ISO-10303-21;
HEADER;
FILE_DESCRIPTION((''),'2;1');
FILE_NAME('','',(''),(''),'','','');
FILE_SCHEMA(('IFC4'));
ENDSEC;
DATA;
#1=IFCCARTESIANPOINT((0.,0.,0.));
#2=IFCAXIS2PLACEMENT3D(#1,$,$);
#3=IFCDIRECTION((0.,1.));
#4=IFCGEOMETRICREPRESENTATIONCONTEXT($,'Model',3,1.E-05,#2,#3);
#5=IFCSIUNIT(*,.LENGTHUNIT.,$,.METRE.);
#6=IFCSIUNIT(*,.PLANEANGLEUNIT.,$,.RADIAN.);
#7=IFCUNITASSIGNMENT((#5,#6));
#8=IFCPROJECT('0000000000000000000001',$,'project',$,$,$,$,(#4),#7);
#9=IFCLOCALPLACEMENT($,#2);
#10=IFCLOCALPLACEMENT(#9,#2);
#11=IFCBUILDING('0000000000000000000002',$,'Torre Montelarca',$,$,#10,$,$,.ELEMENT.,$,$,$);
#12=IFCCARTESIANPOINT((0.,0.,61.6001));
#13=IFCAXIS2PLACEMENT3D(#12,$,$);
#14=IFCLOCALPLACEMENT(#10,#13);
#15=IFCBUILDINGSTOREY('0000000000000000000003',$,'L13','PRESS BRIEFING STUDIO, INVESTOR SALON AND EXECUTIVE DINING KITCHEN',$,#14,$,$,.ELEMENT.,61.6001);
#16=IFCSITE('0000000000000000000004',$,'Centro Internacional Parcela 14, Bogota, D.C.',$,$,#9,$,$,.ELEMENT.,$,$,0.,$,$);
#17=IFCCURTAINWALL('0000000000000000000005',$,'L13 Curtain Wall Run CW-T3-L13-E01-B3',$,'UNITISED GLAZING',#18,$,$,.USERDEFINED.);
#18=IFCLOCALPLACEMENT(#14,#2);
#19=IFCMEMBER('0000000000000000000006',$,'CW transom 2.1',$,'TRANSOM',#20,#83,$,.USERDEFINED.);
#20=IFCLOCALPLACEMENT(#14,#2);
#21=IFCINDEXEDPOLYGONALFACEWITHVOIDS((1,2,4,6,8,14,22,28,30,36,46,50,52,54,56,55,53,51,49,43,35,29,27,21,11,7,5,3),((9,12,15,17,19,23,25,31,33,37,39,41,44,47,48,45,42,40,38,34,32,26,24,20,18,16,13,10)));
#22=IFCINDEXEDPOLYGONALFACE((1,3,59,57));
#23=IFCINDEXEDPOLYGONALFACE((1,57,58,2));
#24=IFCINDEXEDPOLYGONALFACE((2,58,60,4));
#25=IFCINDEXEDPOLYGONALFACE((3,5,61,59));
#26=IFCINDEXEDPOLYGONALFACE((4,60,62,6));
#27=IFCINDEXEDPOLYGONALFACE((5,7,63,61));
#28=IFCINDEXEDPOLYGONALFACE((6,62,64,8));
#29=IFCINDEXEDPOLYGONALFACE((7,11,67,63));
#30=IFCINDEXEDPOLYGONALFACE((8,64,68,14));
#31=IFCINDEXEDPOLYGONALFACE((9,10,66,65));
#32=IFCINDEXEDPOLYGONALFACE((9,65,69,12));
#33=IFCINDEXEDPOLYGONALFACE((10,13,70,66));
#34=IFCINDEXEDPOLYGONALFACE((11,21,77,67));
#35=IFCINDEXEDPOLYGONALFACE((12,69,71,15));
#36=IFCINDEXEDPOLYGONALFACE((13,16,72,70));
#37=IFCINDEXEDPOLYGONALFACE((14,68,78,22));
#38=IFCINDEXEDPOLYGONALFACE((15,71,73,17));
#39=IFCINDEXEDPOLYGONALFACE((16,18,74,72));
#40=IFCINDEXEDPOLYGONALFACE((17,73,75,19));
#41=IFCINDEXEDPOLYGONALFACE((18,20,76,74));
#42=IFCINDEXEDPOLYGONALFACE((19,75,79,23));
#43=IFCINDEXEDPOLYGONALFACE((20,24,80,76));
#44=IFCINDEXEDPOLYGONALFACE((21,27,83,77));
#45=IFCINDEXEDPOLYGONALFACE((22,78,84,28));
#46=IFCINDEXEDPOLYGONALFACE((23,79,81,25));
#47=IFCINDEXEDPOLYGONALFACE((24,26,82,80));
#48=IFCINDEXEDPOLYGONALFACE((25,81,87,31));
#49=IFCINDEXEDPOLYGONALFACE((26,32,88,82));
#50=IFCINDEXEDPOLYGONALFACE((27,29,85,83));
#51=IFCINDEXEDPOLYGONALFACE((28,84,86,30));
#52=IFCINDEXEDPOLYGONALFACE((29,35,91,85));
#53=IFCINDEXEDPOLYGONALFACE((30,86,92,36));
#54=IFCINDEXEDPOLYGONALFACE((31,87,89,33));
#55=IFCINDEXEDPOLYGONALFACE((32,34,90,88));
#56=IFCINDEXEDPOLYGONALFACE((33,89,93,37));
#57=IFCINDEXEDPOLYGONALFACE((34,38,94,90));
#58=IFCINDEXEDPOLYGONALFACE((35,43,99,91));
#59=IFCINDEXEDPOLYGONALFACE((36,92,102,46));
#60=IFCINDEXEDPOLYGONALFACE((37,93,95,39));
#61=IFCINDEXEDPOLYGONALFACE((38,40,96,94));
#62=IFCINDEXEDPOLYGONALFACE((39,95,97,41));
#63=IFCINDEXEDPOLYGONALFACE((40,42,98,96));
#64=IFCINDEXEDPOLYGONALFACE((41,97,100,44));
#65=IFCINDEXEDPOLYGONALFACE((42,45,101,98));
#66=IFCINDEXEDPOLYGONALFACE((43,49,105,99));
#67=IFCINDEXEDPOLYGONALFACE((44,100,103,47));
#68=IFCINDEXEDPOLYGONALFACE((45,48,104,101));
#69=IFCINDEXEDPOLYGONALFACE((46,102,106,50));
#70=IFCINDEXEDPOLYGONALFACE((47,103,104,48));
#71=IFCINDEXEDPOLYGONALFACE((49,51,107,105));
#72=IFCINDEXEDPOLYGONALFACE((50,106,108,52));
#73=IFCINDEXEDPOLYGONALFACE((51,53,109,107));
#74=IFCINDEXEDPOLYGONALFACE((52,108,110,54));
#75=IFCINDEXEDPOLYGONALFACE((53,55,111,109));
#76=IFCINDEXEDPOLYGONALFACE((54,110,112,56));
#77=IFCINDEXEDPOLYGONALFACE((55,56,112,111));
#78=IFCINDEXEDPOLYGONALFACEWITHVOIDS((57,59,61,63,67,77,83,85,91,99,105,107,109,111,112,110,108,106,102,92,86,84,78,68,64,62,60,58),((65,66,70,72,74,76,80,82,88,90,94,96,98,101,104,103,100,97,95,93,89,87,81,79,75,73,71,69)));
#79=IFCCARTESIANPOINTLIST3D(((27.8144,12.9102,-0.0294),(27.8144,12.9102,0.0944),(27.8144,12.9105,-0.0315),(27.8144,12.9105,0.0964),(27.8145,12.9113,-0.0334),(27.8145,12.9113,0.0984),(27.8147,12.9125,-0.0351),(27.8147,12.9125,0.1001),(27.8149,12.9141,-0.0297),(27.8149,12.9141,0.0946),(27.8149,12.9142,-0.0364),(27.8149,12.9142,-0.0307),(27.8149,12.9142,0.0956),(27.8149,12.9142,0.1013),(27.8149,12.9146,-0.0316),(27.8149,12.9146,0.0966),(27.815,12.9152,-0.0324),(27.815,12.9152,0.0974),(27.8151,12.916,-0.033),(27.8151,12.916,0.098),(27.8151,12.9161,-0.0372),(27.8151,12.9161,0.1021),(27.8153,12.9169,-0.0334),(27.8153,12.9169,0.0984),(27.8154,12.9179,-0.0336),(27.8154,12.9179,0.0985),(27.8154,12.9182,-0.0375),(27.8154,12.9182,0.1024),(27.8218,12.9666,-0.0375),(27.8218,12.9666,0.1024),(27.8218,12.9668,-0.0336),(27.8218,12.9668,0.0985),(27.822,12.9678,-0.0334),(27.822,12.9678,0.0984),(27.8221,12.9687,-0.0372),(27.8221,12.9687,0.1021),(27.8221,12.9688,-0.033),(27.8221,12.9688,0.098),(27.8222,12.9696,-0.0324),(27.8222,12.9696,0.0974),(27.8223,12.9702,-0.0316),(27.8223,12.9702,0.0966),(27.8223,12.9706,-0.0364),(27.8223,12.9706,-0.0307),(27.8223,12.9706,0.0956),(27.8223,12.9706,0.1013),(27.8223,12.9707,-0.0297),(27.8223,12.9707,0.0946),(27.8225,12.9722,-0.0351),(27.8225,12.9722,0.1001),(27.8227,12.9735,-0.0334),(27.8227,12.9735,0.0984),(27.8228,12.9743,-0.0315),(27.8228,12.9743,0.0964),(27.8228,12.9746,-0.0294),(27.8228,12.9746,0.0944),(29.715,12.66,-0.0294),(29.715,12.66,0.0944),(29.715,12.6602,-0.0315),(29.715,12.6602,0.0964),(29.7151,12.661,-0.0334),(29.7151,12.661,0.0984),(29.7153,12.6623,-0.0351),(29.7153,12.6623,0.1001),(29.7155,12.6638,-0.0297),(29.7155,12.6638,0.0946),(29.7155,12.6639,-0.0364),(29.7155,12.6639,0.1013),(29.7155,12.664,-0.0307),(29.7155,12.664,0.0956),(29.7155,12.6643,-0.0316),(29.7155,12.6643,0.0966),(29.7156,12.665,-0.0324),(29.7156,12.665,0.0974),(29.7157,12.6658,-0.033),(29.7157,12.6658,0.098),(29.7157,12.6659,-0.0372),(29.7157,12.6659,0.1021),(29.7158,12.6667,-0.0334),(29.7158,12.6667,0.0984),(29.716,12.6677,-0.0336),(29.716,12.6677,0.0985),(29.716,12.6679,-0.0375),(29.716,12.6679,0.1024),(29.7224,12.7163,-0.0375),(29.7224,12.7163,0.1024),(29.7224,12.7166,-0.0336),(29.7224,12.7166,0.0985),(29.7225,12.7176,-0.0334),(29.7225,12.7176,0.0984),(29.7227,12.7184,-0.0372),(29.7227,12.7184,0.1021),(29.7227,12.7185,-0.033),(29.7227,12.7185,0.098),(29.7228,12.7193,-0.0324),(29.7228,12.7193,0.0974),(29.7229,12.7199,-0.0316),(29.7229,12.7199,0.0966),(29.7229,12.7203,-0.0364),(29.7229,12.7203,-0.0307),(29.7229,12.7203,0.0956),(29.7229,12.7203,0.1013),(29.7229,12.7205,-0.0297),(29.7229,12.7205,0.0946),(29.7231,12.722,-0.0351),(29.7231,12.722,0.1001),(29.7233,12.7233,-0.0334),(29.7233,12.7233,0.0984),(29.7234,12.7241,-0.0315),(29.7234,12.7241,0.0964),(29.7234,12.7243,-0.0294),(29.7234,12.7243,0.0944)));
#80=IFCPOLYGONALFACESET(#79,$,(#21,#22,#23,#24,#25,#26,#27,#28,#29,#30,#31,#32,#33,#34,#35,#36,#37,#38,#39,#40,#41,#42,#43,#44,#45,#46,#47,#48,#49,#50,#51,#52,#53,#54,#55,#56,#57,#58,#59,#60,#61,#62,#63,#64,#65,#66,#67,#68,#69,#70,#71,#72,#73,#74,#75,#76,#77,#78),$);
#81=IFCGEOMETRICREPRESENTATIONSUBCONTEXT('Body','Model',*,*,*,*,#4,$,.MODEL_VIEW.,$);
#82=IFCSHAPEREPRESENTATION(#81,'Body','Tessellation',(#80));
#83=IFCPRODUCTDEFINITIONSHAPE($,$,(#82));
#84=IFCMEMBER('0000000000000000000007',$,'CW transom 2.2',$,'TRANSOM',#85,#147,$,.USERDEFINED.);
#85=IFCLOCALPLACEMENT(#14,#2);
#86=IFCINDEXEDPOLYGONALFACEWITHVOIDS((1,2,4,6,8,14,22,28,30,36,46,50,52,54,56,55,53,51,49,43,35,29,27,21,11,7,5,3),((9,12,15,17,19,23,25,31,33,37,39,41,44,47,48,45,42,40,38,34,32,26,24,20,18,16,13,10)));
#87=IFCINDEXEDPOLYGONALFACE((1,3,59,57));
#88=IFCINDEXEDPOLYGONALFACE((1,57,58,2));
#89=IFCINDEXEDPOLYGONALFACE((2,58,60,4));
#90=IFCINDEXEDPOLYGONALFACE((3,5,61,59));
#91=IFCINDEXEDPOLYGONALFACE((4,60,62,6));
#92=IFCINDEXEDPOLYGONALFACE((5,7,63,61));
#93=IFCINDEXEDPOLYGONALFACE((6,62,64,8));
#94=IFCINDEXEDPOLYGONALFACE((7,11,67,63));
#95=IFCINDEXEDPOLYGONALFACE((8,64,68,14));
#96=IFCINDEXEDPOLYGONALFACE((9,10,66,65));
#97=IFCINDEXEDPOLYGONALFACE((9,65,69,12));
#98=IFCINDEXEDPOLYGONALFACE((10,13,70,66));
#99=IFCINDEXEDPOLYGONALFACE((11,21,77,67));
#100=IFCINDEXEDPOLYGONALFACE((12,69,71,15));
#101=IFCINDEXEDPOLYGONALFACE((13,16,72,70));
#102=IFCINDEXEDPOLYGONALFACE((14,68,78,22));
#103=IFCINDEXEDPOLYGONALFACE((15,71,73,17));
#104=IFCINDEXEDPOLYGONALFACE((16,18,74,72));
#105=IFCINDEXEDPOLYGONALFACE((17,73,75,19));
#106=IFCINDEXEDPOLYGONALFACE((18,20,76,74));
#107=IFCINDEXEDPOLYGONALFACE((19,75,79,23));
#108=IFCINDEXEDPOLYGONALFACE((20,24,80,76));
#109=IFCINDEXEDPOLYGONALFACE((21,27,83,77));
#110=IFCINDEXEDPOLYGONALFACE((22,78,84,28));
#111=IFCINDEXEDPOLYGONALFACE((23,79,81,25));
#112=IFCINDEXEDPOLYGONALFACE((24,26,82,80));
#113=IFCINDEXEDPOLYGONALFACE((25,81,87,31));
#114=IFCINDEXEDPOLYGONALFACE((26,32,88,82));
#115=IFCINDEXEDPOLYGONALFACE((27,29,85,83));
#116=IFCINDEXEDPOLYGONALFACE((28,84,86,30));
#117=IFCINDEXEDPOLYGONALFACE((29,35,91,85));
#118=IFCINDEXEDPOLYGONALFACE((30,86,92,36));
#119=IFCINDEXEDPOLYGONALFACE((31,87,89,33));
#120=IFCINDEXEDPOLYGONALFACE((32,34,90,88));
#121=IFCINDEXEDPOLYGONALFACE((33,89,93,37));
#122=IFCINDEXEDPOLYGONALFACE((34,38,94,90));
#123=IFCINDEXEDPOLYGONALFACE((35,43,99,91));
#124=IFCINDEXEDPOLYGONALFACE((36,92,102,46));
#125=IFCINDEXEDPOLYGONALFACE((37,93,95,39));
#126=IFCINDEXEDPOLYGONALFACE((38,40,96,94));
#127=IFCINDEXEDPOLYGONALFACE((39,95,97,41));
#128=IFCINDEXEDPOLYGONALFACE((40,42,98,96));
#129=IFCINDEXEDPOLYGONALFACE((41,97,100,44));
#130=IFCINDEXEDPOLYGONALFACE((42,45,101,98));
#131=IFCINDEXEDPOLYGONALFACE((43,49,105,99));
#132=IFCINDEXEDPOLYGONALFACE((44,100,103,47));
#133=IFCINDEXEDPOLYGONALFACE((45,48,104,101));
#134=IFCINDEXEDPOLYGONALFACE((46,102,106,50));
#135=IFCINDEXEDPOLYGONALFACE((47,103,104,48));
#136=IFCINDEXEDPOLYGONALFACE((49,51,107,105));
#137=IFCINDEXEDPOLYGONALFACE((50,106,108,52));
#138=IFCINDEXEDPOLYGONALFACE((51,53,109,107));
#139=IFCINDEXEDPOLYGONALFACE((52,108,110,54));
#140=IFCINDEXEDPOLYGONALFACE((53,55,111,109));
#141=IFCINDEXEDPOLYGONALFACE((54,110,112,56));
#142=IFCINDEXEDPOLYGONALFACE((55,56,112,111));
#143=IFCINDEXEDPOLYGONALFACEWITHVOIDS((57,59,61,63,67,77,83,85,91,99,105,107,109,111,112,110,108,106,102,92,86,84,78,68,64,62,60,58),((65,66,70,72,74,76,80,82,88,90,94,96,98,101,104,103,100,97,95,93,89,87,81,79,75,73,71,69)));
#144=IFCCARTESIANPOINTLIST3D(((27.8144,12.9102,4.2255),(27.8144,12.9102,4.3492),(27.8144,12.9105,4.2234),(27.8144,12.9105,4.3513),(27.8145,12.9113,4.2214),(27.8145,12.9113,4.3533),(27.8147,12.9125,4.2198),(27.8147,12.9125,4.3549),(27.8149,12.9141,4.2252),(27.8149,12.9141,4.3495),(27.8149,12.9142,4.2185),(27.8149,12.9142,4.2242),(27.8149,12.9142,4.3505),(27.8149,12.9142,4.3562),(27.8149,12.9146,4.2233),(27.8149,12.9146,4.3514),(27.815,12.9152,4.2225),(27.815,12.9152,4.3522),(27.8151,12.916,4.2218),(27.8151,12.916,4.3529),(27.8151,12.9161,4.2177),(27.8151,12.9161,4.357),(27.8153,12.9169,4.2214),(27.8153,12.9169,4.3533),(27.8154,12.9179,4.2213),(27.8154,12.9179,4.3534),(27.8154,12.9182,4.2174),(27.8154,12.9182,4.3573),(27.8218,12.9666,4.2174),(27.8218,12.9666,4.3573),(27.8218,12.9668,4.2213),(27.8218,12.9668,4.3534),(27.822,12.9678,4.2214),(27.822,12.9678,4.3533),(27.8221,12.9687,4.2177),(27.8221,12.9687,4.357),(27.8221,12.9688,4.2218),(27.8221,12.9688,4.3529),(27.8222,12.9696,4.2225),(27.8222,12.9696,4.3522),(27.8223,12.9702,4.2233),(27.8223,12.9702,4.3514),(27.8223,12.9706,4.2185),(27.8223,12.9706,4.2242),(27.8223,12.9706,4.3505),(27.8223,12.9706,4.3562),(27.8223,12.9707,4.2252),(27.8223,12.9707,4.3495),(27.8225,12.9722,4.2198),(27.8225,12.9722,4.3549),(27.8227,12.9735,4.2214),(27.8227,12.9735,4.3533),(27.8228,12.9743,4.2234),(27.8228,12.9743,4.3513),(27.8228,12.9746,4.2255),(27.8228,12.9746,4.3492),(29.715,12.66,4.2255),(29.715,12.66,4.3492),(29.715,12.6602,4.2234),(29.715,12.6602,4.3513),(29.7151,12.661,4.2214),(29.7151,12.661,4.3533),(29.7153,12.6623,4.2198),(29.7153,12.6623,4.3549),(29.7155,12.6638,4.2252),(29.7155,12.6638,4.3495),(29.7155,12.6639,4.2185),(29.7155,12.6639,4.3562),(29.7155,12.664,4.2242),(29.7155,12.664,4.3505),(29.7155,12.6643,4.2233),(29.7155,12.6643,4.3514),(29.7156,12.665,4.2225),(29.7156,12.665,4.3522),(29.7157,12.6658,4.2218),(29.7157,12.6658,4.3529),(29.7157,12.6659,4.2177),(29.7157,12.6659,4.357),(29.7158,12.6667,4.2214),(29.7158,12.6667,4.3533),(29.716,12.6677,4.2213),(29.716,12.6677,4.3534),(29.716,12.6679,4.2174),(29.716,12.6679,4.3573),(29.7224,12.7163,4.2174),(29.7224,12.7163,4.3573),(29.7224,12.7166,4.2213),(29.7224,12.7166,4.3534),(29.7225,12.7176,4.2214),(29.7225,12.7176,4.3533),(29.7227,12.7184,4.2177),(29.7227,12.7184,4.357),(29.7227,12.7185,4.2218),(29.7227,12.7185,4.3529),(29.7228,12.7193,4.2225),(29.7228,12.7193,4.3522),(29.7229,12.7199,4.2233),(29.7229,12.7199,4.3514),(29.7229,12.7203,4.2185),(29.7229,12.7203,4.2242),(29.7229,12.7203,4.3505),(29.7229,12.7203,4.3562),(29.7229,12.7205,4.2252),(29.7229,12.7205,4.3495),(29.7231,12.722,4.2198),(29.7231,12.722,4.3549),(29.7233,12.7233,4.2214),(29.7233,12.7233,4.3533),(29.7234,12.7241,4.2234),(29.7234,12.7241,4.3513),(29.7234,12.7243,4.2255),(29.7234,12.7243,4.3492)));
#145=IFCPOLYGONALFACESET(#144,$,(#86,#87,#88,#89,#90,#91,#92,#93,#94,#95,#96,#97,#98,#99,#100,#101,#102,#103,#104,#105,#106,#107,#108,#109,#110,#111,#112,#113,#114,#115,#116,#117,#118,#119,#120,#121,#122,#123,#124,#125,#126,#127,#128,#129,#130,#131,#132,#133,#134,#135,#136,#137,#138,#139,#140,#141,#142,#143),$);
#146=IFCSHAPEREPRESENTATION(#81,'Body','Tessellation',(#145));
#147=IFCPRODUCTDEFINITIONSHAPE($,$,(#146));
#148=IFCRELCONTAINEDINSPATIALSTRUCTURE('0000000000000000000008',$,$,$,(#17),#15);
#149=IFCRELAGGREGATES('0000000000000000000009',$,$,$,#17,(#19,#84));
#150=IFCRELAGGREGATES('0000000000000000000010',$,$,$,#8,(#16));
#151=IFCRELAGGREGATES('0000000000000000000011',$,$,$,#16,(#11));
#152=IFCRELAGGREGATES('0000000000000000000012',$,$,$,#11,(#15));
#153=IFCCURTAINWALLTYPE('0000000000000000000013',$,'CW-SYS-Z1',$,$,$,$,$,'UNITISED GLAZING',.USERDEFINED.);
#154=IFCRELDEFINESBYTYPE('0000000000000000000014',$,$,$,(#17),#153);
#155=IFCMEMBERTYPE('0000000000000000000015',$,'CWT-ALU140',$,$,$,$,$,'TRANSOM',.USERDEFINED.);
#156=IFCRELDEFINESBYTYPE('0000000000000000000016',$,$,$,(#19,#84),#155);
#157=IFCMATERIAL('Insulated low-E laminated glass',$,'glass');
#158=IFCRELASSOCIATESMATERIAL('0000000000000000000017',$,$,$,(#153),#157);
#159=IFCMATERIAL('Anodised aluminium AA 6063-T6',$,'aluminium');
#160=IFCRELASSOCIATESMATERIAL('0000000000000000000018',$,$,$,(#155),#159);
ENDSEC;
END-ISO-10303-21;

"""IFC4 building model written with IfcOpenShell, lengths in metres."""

from ifc_helpers import new_model, si_unit, direction, frame, origin, origin_2d, place, context, subcontext, project, spatial, hollow_rectangle, extrude, source, transform, mapped, material, material_profile, profile_set, type_object, element, aggregate, save


model = new_model("IFC4")

# Units and contexts
model_context = context("Model", 3, precision=1e-05, world=origin(), true_north=direction((0.0, 1.0)))
body_context = subcontext(model_context, "Body", "Model", "MODEL_VIEW")
ifc_project = project(units=[si_unit("LENGTHUNIT", "METRE"), si_unit("PLANEANGLEUNIT", "RADIAN")], contexts=[model_context])

# Site, building, storey
site_placement = place(None, origin())
site = spatial("IfcSite", under=ifc_project, at=site_placement, Name="Centro Internacional Parcela 14, Bogota, D.C.", CompositionType="ELEMENT", RefElevation=0.0)
building_placement = place(site_placement, origin())
building = spatial("IfcBuilding", under=site, at=building_placement, Name="Torre Montelarca", CompositionType="ELEMENT")
storey_placement = place(building_placement, frame((0.0, 0.0, 61.6001)))
storey = spatial("IfcBuildingStorey", under=building, at=storey_placement, Name="L13", Description="PRESS BRIEFING STUDIO, INVESTOR SALON AND EXECUTIVE DINING KITCHEN", CompositionType="ELEMENT", Elevation=61.6001)

# Curtain wall, members
ifc_material_1 = material(Name="Insulated low-E laminated glass", Category="glass")
curtain_wall_type = type_object("IfcCurtainWallType", Name="CW-SYS-Z1", ElementType="UNITISED GLAZING", PredefinedType="USERDEFINED", material=ifc_material_1)
curtain_wall_1_placement = place(storey_placement, origin())
curtain_wall_1 = element("IfcCurtainWall", 1, at=curtain_wall_1_placement, inside=storey, type_object=curtain_wall_type, Name="L13 Curtain Wall Run CW-T3-L13-E01-B3", ObjectType="UNITISED GLAZING", PredefinedType="USERDEFINED")
ifc_material_2 = material(Name="Anodised aluminium AA 6063-T6", Category="aluminium")
ifc_material_profile_1 = material_profile(ifc_material_2, hollow_rectangle(XDim=0.0649, YDim=0.1399, WallThickness=0.0039, InnerFilletRadius=0.0039, OuterFilletRadius=0.0081, at=origin_2d()), Name="ALU65X140X4", Category="aluminium")
ifc_profile_set_1 = profile_set([ifc_material_profile_1], Name="Anodised aluminium AA 6063-T6")
member_type_1 = type_object("IfcMemberType", Name="CWT-ALU140", ElementType="TRANSOM", PredefinedType="USERDEFINED", material=ifc_profile_set_1)
shared_shape_1 = source(origin(), body_context, "Body", "SweptSolid", [
    extrude(hollow_rectangle(XDim=0.0649, YDim=0.1399, WallThickness=0.0039, InnerFilletRadius=0.0039, OuterFilletRadius=0.0081, at=origin_2d()), origin(), (0.0, 0.0, 1.0), 1.917),
])
member_1_placement = place(storey_placement, frame((27.8186, 12.9424, 0.0325), z_axis=(0.991443, -0.130537, 0.0), x_axis=(0.130537, 0.991443, 0.0)))
member_1 = element("IfcMember", 2, at=member_1_placement, type_object=member_type_1, Name="CW transom 2.1", ObjectType="TRANSOM", PredefinedType="USERDEFINED", context=body_context, shape_type="MappedRepresentation", body=[
    mapped(shared_shape_1, transform((0.0, 0.0, 0.0), scale=1.0)),
])
member_2_placement = place(storey_placement, frame((27.8186, 12.9424, 4.2874), z_axis=(0.991443, -0.130537, 0.0), x_axis=(0.130537, 0.991443, 0.0)))
member_2 = element("IfcMember", 3, at=member_2_placement, type_object=member_type_1, Name="CW transom 2.2", ObjectType="TRANSOM", PredefinedType="USERDEFINED", context=body_context, shape_type="MappedRepresentation", body=[
    mapped(shared_shape_1, transform((0.0, 0.0, 0.0), scale=1.0)),
])

aggregate(curtain_wall_1, [member_1, member_2])

save(model, "model.ifc")
